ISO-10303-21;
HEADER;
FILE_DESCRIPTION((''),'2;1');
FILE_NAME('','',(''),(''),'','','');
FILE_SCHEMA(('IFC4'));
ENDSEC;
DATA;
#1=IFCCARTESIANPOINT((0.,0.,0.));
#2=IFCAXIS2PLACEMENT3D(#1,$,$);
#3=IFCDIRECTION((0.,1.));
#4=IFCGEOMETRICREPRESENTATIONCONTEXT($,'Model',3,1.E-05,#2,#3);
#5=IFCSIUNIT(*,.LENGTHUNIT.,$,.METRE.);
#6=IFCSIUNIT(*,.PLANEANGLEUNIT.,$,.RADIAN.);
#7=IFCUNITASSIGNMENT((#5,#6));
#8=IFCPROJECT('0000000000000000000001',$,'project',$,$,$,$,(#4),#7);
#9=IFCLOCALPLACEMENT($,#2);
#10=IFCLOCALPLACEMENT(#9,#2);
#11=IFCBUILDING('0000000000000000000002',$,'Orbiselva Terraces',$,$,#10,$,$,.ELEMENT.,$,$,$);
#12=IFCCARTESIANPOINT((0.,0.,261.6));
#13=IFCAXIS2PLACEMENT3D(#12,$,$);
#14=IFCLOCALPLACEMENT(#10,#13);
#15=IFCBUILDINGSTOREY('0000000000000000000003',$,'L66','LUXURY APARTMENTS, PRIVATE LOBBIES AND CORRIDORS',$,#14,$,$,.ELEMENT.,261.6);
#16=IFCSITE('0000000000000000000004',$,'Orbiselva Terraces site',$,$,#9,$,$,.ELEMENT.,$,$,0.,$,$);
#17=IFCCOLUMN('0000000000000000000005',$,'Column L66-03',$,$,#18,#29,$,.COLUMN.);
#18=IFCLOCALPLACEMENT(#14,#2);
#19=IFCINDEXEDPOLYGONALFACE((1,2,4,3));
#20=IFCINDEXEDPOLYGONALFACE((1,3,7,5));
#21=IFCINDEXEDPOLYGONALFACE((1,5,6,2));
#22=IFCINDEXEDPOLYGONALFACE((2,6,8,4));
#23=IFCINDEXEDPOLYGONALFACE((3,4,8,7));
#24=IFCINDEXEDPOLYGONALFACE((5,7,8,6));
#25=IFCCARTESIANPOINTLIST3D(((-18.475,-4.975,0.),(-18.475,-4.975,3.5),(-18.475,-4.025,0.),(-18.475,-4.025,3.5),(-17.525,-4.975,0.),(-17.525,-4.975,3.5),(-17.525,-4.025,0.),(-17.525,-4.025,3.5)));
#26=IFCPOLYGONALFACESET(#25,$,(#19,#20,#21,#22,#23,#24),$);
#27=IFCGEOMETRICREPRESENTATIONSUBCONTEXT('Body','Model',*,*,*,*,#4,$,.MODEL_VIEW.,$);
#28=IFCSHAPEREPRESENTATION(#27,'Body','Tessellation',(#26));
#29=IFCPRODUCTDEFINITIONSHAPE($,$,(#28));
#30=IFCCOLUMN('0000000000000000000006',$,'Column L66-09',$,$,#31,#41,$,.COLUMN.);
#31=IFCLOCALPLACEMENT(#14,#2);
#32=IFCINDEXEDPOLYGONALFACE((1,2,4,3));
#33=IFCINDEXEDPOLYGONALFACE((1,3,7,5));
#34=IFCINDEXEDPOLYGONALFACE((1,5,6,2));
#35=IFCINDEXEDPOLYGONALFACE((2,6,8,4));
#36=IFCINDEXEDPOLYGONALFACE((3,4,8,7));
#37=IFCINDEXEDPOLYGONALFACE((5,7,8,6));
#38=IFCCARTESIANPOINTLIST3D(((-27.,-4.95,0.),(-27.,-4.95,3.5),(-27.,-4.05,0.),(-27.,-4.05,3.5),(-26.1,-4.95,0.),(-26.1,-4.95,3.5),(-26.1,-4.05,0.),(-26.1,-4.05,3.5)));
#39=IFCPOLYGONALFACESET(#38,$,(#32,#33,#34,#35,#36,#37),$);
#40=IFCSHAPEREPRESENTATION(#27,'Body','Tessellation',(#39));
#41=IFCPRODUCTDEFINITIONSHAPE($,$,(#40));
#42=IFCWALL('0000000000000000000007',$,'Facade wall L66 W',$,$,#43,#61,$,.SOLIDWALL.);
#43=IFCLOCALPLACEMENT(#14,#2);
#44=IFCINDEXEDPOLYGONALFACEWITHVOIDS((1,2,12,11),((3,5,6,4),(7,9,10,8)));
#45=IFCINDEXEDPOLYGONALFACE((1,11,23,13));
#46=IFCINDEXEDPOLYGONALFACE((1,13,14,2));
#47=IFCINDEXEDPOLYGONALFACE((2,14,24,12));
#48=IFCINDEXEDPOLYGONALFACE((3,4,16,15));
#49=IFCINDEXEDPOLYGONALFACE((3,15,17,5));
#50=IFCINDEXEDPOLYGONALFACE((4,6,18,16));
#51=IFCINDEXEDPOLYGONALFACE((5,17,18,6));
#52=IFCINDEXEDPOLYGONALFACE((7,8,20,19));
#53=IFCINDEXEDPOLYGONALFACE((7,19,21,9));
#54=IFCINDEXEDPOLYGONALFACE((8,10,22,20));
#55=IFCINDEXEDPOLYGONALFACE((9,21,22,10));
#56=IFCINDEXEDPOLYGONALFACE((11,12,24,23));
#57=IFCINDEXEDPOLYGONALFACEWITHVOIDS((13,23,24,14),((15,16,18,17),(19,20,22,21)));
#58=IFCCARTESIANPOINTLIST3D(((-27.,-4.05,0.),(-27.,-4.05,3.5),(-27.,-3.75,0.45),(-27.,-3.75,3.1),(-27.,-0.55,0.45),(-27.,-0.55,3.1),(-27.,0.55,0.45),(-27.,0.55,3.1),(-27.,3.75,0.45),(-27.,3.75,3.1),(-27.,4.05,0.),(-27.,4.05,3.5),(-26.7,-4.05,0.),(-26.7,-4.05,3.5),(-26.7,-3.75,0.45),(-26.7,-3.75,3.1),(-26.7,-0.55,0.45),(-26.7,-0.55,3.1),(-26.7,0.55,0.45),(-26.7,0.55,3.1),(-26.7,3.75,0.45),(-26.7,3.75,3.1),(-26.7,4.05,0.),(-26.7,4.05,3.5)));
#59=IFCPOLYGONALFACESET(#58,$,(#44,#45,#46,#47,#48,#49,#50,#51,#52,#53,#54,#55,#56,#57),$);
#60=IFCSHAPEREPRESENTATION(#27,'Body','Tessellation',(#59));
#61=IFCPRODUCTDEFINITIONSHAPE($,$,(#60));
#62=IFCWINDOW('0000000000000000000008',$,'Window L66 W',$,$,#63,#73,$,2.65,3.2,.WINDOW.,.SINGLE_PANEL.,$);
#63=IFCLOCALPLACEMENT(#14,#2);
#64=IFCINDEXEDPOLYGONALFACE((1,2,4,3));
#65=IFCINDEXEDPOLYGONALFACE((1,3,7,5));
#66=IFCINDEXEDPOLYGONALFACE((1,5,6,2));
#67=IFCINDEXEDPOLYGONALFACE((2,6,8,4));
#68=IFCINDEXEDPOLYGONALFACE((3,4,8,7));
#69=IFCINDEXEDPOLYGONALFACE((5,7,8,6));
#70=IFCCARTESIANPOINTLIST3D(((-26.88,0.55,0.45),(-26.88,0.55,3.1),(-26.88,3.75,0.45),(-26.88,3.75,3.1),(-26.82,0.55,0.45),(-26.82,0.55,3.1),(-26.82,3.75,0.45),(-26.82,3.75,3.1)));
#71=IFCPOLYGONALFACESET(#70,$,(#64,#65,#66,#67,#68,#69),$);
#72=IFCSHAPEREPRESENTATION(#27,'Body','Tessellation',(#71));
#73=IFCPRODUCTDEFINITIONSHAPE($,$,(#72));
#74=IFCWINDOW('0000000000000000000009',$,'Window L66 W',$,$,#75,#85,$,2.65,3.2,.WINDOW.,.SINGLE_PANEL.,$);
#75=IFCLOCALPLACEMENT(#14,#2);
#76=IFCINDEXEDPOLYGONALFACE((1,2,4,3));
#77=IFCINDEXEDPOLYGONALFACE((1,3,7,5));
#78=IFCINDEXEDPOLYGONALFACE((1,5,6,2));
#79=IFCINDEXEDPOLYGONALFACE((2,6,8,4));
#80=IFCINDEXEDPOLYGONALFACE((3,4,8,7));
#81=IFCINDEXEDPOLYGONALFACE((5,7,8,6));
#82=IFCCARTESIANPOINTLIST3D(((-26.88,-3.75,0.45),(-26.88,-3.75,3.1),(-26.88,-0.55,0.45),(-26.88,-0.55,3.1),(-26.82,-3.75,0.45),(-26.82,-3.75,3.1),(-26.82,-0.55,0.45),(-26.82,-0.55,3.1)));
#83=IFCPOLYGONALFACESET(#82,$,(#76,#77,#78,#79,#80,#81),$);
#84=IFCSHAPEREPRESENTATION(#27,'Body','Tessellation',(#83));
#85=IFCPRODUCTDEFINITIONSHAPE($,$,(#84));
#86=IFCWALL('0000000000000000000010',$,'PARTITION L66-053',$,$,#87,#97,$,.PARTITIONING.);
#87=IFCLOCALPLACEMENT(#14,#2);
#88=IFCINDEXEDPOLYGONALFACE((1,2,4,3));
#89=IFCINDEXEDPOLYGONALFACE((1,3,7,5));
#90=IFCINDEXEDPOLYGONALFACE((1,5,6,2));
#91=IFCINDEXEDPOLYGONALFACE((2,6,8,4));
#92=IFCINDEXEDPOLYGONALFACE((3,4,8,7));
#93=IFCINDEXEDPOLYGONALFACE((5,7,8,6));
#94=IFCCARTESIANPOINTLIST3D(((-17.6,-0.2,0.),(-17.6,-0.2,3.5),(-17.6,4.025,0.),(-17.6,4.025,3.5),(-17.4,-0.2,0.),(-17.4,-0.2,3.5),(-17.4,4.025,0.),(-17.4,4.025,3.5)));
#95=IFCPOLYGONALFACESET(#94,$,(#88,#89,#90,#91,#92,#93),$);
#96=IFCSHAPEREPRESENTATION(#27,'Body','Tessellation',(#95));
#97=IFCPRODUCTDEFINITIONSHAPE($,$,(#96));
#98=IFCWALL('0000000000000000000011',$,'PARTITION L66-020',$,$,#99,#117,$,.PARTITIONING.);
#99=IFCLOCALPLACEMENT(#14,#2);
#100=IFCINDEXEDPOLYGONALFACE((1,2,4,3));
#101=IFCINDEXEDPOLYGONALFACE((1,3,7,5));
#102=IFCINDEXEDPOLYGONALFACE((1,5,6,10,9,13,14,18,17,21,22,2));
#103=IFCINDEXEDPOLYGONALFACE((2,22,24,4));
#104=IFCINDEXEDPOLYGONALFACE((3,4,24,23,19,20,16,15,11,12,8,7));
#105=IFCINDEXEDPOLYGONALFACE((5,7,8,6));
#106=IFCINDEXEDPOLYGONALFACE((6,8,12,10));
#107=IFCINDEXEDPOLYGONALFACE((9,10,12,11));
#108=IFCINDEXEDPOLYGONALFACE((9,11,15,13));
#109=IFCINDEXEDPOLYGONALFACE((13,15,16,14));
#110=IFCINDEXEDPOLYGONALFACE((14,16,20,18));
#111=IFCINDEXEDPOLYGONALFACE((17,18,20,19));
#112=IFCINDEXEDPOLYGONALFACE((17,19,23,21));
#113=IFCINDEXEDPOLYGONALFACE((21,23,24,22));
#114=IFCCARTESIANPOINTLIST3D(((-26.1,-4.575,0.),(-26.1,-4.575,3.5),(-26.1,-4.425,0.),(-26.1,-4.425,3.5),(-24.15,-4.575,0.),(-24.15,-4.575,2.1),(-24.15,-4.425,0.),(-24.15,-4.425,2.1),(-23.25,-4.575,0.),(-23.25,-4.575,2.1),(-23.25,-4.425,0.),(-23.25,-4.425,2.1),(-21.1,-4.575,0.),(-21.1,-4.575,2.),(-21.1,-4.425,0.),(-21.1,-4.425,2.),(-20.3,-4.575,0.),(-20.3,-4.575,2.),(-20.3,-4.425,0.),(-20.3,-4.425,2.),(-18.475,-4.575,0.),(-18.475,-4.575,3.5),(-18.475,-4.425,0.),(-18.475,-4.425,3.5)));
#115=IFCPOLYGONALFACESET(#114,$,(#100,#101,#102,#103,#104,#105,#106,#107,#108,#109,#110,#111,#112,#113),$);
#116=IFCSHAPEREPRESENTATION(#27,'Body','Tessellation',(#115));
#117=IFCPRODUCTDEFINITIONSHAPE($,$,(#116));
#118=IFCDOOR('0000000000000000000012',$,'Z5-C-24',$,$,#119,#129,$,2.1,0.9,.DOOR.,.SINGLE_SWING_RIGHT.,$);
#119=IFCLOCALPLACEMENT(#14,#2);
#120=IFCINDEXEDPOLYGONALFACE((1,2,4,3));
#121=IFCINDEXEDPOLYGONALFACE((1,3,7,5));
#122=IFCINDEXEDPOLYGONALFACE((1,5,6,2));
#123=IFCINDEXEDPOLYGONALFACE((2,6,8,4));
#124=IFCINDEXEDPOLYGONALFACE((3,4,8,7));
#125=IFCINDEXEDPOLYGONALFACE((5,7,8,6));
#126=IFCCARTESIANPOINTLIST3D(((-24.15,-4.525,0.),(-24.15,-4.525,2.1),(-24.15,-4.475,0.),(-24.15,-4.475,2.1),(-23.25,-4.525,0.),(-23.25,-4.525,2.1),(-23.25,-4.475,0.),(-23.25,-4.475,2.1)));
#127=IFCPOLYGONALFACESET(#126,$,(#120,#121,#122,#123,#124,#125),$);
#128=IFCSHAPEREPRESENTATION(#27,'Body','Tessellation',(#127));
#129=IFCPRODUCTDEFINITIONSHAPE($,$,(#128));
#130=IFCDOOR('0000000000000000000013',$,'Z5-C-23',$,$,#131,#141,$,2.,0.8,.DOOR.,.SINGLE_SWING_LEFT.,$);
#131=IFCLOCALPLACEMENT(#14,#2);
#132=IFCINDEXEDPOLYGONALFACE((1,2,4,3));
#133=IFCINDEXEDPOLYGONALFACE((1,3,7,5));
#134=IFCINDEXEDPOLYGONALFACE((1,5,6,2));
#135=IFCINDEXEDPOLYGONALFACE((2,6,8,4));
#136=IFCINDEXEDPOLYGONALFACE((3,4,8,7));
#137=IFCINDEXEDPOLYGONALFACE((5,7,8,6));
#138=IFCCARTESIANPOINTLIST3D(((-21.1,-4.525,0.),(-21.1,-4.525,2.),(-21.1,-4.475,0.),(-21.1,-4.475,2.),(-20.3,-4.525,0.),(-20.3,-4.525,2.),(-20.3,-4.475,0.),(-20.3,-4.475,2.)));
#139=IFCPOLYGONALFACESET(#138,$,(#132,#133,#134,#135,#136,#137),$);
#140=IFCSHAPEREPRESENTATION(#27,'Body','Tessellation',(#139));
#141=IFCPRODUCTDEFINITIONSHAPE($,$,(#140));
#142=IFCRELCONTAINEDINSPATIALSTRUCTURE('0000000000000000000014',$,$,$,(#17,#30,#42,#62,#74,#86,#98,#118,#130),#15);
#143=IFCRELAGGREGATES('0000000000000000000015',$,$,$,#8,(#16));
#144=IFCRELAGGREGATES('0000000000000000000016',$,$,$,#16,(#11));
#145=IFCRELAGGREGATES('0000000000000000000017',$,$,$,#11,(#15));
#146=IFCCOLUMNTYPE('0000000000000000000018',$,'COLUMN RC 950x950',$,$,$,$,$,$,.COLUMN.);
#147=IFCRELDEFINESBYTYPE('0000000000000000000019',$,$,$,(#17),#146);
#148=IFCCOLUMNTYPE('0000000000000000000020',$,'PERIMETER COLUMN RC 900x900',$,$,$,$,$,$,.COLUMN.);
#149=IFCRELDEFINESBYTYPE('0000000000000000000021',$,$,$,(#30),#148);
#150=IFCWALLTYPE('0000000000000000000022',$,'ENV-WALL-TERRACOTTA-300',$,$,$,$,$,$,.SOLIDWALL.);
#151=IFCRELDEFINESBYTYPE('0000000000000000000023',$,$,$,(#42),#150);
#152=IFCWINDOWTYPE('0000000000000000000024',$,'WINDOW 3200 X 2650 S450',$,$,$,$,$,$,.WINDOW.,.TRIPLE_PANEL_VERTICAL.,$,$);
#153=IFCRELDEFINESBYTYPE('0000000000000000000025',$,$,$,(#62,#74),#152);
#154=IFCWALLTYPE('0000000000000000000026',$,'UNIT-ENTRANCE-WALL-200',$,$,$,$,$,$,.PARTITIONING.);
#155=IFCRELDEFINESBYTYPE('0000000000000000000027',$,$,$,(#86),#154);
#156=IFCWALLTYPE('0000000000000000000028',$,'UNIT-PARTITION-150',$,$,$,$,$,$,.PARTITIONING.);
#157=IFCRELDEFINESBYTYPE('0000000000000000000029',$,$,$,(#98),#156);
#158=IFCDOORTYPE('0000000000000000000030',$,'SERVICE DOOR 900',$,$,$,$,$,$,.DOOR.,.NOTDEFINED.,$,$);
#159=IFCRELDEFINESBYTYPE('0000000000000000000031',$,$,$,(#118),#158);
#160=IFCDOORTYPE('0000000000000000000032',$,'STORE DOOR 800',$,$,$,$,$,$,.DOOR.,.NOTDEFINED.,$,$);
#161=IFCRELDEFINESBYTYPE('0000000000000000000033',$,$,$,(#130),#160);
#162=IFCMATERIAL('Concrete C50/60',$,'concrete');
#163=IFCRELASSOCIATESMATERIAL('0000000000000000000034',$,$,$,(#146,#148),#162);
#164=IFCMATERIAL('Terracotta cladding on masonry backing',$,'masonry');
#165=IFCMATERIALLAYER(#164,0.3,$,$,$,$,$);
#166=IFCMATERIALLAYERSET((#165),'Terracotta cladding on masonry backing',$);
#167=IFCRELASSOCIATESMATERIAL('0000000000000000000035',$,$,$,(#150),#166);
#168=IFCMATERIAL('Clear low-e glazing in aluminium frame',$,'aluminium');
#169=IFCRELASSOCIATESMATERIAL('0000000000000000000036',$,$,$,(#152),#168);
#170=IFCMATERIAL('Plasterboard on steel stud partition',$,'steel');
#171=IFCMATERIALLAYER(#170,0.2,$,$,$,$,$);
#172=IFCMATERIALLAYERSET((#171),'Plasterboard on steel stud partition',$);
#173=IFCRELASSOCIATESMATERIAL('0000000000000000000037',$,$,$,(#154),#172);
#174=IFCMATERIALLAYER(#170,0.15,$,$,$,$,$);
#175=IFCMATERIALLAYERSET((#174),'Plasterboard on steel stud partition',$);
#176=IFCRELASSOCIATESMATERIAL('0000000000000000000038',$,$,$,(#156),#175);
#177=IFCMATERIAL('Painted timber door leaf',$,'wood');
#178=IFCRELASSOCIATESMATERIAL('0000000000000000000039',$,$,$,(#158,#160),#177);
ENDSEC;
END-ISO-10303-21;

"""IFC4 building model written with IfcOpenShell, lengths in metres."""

from ifc_helpers import new_model, si_unit, direction, frame, frame_2d, origin, origin_2d, place, context, subcontext, project, spatial, rectangle, extrude, material, layer, layer_set, material_profile, profile_set, type_object, element, fill, save


model = new_model("IFC4")

# Units and contexts
model_context = context("Model", 3, precision=1e-05, world=origin(), true_north=direction((0.0, 1.0)))
body_context = subcontext(model_context, "Body", "Model", "MODEL_VIEW")
ifc_project = project(units=[si_unit("LENGTHUNIT", "METRE"), si_unit("PLANEANGLEUNIT", "RADIAN")], contexts=[model_context])

# Site, building, storey
site_placement = place(None, origin())
site = spatial("IfcSite", under=ifc_project, at=site_placement, Name="Orbiselva Terraces site", CompositionType="ELEMENT", RefElevation=0.0)
building_placement = place(site_placement, origin())
building = spatial("IfcBuilding", under=site, at=building_placement, Name="Orbiselva Terraces", CompositionType="ELEMENT")
storey_placement = place(building_placement, frame((0.0, 0.0, 261.6)))
storey = spatial("IfcBuildingStorey", under=building, at=storey_placement, Name="L66", Description="LUXURY APARTMENTS, PRIVATE LOBBIES AND CORRIDORS", CompositionType="ELEMENT", Elevation=261.6)

# Columns
ifc_material_1 = material(Name="Concrete C50/60", Category="concrete")
ifc_material_profile_1 = material_profile(ifc_material_1, rectangle(XDim=0.95, YDim=0.95, at=origin_2d()), Name="RC 950x950")
ifc_profile_set_1 = profile_set([ifc_material_profile_1], Name="Concrete C50/60")
column_type_1 = type_object("IfcColumnType", Name="COLUMN RC 950x950", PredefinedType="COLUMN", material=ifc_profile_set_1)
column_1_placement = place(storey_placement, frame((-18.0, -4.5, 0.0), z_axis=(0.0, 0.0, 1.0), x_axis=(1.0, 0.0, 0.0)))
element("IfcColumn", 1, at=column_1_placement, inside=storey, type_object=column_type_1, Name="Column L66-03", PredefinedType="COLUMN", context=body_context, shape_type="SweptSolid", body=[
    extrude(rectangle(XDim=0.95, YDim=0.95, at=origin_2d()), origin(), (0.0, 0.0, 1.0), 3.5),
])
ifc_material_profile_2 = material_profile(ifc_material_1, rectangle(XDim=0.9, YDim=0.9, at=origin_2d()), Name="RC 900x900")
ifc_profile_set_2 = profile_set([ifc_material_profile_2], Name="Concrete C50/60")
column_type_2 = type_object("IfcColumnType", Name="PERIMETER COLUMN RC 900x900", PredefinedType="COLUMN", material=ifc_profile_set_2)
column_2_placement = place(storey_placement, frame((-26.55, -4.5, 0.0), z_axis=(0.0, 0.0, 1.0), x_axis=(1.0, 0.0, 0.0)))
element("IfcColumn", 2, at=column_2_placement, inside=storey, type_object=column_type_2, Name="Column L66-09", PredefinedType="COLUMN", context=body_context, shape_type="SweptSolid", body=[
    extrude(rectangle(XDim=0.9, YDim=0.9, at=origin_2d()), origin(), (0.0, 0.0, 1.0), 3.5),
])

# Wall, openings, windows
ifc_material_2 = material(Name="Terracotta cladding on masonry backing", Category="masonry")
ifc_layer_1 = layer(ifc_material_2, 0.3)
ifc_layer_set_1 = layer_set([ifc_layer_1], Name="Terracotta cladding on masonry backing")
wall_type_1 = type_object("IfcWallType", Name="ENV-WALL-TERRACOTTA-300", PredefinedType="SOLIDWALL", material=ifc_layer_set_1)
wall_1_placement = place(storey_placement, frame((-26.85, -4.05, 0.0), z_axis=(0.0, 0.0, 1.0), x_axis=(0.0, 1.0, 0.0)))
wall_1 = element("IfcWall", 3, at=wall_1_placement, inside=storey, type_object=wall_type_1, Name="Facade wall L66 W", PredefinedType="SOLIDWALL", context=body_context, shape_type="SweptSolid", body=[
    extrude(rectangle(XDim=8.1, YDim=0.3, at=frame_2d((4.05, 0.0))), origin(), (0.0, 0.0, 1.0), 3.5),
])
opening_1_placement = place(wall_1_placement, frame((4.6, 0.0, 0.45)))
opening_1 = element("IfcOpeningElement", 4, at=opening_1_placement, cuts=wall_1, PredefinedType="OPENING", context=body_context, shape_type="SweptSolid", body=[
    extrude(rectangle(XDim=3.2, YDim=2.65, at=frame_2d((1.6, 1.325))), frame((0.0, 0.16, 0.0), z_axis=(0.0, -1.0, 0.0), x_axis=(1.0, 0.0, 0.0)), (0.0, 0.0, 1.0), 0.32),
])
opening_2_placement = place(wall_1_placement, frame((0.3, 0.0, 0.45)))
opening_2 = element("IfcOpeningElement", 5, at=opening_2_placement, cuts=wall_1, PredefinedType="OPENING", context=body_context, shape_type="SweptSolid", body=[
    extrude(rectangle(XDim=3.2, YDim=2.65, at=frame_2d((1.6, 1.325))), frame((0.0, 0.16, 0.0), z_axis=(0.0, -1.0, 0.0), x_axis=(1.0, 0.0, 0.0)), (0.0, 0.0, 1.0), 0.32),
])
ifc_material_3 = material(Name="Clear low-e glazing in aluminium frame", Category="aluminium")
window_type = type_object("IfcWindowType", Name="WINDOW 3200 X 2650 S450", PartitioningType="TRIPLE_PANEL_VERTICAL", PredefinedType="WINDOW", material=ifc_material_3)
window_1_placement = place(opening_1_placement, origin())
window_1 = element("IfcWindow", 6, at=window_1_placement, inside=storey, type_object=window_type, Name="Window L66 W", OverallHeight=2.65, OverallWidth=3.2, PartitioningType="SINGLE_PANEL", PredefinedType="WINDOW", context=body_context, shape_type="SweptSolid", body=[
    extrude(rectangle(XDim=3.2, YDim=2.65, at=frame_2d((1.6, 1.325))), frame((0.0, 0.03, 0.0), z_axis=(0.0, -1.0, 0.0), x_axis=(1.0, 0.0, 0.0)), (0.0, 0.0, 1.0), 0.06),
])
fill(opening_1, window_1)
window_2_placement = place(opening_2_placement, origin())
window_2 = element("IfcWindow", 7, at=window_2_placement, inside=storey, type_object=window_type, Name="Window L66 W", OverallHeight=2.65, OverallWidth=3.2, PartitioningType="SINGLE_PANEL", PredefinedType="WINDOW", context=body_context, shape_type="SweptSolid", body=[
    extrude(rectangle(XDim=3.2, YDim=2.65, at=frame_2d((1.6, 1.325))), frame((0.0, 0.03, 0.0), z_axis=(0.0, -1.0, 0.0), x_axis=(1.0, 0.0, 0.0)), (0.0, 0.0, 1.0), 0.06),
])
fill(opening_2, window_2)

# Wall
ifc_material_4 = material(Name="Plasterboard on steel stud partition", Category="steel")
ifc_layer_2 = layer(ifc_material_4, 0.2)
ifc_layer_set_2 = layer_set([ifc_layer_2], Name="Plasterboard on steel stud partition")
wall_type_2 = type_object("IfcWallType", Name="UNIT-ENTRANCE-WALL-200", PredefinedType="PARTITIONING", material=ifc_layer_set_2)
wall_2_placement = place(storey_placement, frame((-17.5, -0.2, 0.0), z_axis=(0.0, 0.0, 1.0), x_axis=(0.0, 1.0, 0.0)))
element("IfcWall", 8, at=wall_2_placement, inside=storey, type_object=wall_type_2, Name="PARTITION L66-053", PredefinedType="PARTITIONING", context=body_context, shape_type="SweptSolid", body=[
    extrude(rectangle(XDim=4.225, YDim=0.2, at=frame_2d((2.1125, 0.0))), origin(), (0.0, 0.0, 1.0), 3.5),
])

# Wall, openings, doors
ifc_layer_3 = layer(ifc_material_4, 0.15)
ifc_layer_set_3 = layer_set([ifc_layer_3], Name="Plasterboard on steel stud partition")
wall_type_3 = type_object("IfcWallType", Name="UNIT-PARTITION-150", PredefinedType="PARTITIONING", material=ifc_layer_set_3)
wall_3_placement = place(storey_placement, frame((-18.475, -4.5, 0.0), z_axis=(0.0, 0.0, 1.0), x_axis=(-1.0, 0.0, 0.0)))
wall_3 = element("IfcWall", 9, at=wall_3_placement, inside=storey, type_object=wall_type_3, Name="PARTITION L66-020", PredefinedType="PARTITIONING", context=body_context, shape_type="SweptSolid", body=[
    extrude(rectangle(XDim=7.625, YDim=0.15, at=frame_2d((3.8125, 0.0))), origin(), (0.0, 0.0, 1.0), 3.5),
])
opening_3_placement = place(wall_3_placement, frame((1.825, 0.0, 0.0)))
opening_3 = element("IfcOpeningElement", 10, at=opening_3_placement, cuts=wall_3, PredefinedType="OPENING", context=body_context, shape_type="SweptSolid", body=[
    extrude(rectangle(XDim=0.8, YDim=2.0, at=frame_2d((0.4, 1.0))), frame((0.0, 0.085, 0.0), z_axis=(0.0, -1.0, 0.0), x_axis=(1.0, 0.0, 0.0)), (0.0, 0.0, 1.0), 0.17),
])
opening_4_placement = place(wall_3_placement, frame((4.775, 0.0, 0.0)))
opening_4 = element("IfcOpeningElement", 11, at=opening_4_placement, cuts=wall_3, PredefinedType="OPENING", context=body_context, shape_type="SweptSolid", body=[
    extrude(rectangle(XDim=0.9, YDim=2.1, at=frame_2d((0.45, 1.05))), frame((0.0, 0.085, 0.0), z_axis=(0.0, -1.0, 0.0), x_axis=(1.0, 0.0, 0.0)), (0.0, 0.0, 1.0), 0.17),
])
ifc_material_5 = material(Name="Painted timber door leaf", Category="wood")
door_type_1 = type_object("IfcDoorType", Name="SERVICE DOOR 900", OperationType="NOTDEFINED", PredefinedType="DOOR", material=ifc_material_5)
door_1_placement = place(opening_4_placement, origin())
door_1 = element("IfcDoor", 12, at=door_1_placement, inside=storey, type_object=door_type_1, Name="Z5-C-24", OperationType="SINGLE_SWING_RIGHT", OverallHeight=2.1, OverallWidth=0.9, PredefinedType="DOOR", context=body_context, shape_type="SweptSolid", body=[
    extrude(rectangle(XDim=0.9, YDim=2.1, at=frame_2d((0.45, 1.05))), frame((0.0, 0.025, 0.0), z_axis=(0.0, -1.0, 0.0), x_axis=(1.0, 0.0, 0.0)), (0.0, 0.0, 1.0), 0.05),
])
fill(opening_4, door_1)
door_type_2 = type_object("IfcDoorType", Name="STORE DOOR 800", OperationType="NOTDEFINED", PredefinedType="DOOR", material=ifc_material_5)
door_2_placement = place(opening_3_placement, origin())
door_2 = element("IfcDoor", 13, at=door_2_placement, inside=storey, type_object=door_type_2, Name="Z5-C-23", OperationType="SINGLE_SWING_LEFT", OverallHeight=2.0, OverallWidth=0.8, PredefinedType="DOOR", context=body_context, shape_type="SweptSolid", body=[
    extrude(rectangle(XDim=0.8, YDim=2.0, at=frame_2d((0.4, 1.0))), frame((0.0, 0.025, 0.0), z_axis=(0.0, -1.0, 0.0), x_axis=(1.0, 0.0, 0.0)), (0.0, 0.0, 1.0), 0.05),
])
fill(opening_3, door_2)

save(model, "model.ifc")
